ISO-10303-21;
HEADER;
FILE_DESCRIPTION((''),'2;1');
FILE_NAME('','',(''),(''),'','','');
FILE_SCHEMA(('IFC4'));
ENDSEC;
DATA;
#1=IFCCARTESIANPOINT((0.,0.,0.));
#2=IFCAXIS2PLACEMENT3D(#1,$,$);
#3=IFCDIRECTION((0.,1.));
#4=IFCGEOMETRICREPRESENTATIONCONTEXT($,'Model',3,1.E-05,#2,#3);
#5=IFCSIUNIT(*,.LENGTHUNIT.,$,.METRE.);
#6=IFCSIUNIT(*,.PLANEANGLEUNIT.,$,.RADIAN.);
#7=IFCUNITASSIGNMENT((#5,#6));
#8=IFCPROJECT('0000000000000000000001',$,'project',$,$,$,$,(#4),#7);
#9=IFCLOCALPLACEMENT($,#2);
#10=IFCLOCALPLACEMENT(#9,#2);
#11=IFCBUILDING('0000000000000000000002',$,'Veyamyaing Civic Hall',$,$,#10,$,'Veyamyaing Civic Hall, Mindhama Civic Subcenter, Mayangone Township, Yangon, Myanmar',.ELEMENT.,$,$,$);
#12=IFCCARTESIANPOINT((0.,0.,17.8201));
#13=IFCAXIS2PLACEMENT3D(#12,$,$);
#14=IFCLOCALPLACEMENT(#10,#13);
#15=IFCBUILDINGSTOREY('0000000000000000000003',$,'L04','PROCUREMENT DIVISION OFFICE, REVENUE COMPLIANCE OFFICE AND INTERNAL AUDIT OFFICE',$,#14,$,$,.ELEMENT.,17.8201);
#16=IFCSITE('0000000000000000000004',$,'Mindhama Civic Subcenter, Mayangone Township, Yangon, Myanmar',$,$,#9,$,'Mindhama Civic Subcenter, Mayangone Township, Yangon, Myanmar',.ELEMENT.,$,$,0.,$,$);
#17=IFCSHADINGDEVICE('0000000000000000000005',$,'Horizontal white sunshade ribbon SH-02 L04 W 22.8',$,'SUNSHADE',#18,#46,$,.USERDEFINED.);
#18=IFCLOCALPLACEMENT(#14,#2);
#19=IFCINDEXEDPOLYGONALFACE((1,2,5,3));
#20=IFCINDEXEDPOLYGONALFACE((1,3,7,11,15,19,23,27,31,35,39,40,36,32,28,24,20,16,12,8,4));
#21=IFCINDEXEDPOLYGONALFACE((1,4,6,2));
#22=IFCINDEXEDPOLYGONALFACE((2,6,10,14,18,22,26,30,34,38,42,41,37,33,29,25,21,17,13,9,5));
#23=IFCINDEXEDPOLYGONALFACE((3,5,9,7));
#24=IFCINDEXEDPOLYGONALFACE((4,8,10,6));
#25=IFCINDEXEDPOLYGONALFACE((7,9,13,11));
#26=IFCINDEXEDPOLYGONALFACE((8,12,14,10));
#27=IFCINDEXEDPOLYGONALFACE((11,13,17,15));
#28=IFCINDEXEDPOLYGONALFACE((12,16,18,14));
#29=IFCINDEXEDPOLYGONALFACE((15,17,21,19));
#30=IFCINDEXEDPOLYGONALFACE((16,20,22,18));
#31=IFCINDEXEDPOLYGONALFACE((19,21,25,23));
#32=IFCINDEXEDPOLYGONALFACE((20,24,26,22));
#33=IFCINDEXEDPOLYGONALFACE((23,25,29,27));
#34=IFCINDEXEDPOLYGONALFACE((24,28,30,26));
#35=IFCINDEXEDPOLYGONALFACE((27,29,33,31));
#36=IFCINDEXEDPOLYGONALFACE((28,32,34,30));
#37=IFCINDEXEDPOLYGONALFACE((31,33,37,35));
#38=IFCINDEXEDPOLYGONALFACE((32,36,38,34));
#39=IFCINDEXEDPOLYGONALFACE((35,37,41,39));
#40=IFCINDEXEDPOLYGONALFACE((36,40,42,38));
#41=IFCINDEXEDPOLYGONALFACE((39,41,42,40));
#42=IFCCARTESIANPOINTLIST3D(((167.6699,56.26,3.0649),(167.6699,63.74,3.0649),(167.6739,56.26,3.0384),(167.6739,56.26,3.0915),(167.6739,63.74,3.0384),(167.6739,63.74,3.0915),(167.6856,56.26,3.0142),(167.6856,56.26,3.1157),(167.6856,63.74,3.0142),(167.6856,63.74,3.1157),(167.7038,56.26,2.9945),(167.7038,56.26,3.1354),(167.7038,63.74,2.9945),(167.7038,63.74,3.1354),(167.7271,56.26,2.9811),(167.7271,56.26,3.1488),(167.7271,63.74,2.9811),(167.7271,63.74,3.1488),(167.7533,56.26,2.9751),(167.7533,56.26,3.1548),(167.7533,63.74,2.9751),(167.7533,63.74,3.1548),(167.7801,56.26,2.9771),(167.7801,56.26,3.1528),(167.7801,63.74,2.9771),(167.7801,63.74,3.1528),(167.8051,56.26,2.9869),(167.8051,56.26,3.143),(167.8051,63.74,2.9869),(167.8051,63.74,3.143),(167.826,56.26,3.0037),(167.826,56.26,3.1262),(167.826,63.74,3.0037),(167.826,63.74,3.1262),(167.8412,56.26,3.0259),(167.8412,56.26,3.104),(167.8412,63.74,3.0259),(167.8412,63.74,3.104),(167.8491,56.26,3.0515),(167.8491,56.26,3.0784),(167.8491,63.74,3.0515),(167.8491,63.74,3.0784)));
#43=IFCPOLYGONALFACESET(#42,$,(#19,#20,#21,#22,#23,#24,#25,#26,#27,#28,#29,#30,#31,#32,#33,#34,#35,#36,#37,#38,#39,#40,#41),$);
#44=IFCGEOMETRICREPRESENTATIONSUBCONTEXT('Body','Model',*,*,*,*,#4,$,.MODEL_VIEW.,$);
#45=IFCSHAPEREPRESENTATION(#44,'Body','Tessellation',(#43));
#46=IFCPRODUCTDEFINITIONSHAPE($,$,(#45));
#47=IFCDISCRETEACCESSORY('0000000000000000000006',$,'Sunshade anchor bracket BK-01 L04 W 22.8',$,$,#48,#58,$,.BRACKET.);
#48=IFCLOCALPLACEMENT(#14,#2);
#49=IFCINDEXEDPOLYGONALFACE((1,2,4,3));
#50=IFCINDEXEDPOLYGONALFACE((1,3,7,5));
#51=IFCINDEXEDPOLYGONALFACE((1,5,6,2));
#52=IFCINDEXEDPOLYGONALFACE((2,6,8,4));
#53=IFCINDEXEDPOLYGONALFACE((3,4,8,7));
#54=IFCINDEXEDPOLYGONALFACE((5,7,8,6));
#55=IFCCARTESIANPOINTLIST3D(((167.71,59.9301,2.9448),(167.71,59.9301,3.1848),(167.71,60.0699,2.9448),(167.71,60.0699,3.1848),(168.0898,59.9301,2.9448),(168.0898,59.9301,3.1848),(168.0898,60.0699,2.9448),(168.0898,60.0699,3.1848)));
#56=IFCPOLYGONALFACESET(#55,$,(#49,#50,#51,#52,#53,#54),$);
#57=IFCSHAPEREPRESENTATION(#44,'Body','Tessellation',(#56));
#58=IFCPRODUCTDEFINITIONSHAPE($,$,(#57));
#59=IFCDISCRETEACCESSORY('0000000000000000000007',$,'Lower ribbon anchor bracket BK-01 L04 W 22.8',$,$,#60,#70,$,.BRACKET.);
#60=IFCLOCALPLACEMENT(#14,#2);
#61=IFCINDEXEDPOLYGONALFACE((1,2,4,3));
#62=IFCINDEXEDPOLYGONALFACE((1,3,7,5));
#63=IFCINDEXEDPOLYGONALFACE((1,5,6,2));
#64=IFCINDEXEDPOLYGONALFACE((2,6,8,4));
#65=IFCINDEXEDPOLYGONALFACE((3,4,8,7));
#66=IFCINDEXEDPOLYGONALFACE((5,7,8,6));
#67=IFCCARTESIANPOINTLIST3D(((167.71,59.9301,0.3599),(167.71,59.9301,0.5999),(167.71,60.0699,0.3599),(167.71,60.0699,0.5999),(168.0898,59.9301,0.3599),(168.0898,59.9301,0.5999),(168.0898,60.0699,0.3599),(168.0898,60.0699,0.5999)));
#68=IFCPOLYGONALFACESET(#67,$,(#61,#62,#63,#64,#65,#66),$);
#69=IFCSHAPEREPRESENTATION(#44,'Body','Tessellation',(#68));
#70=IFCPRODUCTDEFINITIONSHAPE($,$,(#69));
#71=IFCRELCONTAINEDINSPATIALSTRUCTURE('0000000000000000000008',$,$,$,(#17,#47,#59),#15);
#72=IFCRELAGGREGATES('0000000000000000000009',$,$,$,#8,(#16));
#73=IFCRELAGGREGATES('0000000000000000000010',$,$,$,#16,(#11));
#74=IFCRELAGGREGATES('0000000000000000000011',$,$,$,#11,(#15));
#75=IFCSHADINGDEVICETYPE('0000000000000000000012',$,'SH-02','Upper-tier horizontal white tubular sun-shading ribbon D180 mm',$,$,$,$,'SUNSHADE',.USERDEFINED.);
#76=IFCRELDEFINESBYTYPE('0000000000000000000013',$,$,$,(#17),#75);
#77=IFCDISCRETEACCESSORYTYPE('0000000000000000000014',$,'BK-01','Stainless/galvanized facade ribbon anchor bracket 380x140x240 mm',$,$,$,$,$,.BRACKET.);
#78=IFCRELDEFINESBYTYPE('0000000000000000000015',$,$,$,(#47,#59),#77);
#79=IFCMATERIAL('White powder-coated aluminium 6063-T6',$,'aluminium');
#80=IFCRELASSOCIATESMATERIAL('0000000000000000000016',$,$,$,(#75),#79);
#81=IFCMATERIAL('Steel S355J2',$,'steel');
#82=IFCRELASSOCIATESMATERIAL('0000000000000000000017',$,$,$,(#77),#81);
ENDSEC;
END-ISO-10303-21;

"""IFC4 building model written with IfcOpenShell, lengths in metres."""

from ifc_helpers import new_model, si_unit, direction, frame, origin, origin_2d, place, context, subcontext, project, spatial, rectangle, circle, extrude, material, material_profile, profile_set, type_object, element, save


model = new_model("IFC4")

# Units and contexts
model_context = context("Model", 3, precision=1e-05, world=origin(), true_north=direction((0.0, 1.0)))
body_context = subcontext(model_context, "Body", "Model", "MODEL_VIEW")
ifc_project = project(units=[si_unit("LENGTHUNIT", "METRE"), si_unit("PLANEANGLEUNIT", "RADIAN")], contexts=[model_context])

# Site, building, storey
site_placement = place(None, origin())
site = spatial("IfcSite", under=ifc_project, at=site_placement, Name="Mindhama Civic Subcenter, Mayangone Township, Yangon, Myanmar", LongName="Mindhama Civic Subcenter, Mayangone Township, Yangon, Myanmar", CompositionType="ELEMENT", RefElevation=0.0)
building_placement = place(site_placement, origin())
building = spatial("IfcBuilding", under=site, at=building_placement, Name="Veyamyaing Civic Hall", LongName="Veyamyaing Civic Hall, Mindhama Civic Subcenter, Mayangone Township, Yangon, Myanmar", CompositionType="ELEMENT")
storey_placement = place(building_placement, frame((0.0, 0.0, 17.8201)))
storey = spatial("IfcBuildingStorey", under=building, at=storey_placement, Name="L04", Description="PROCUREMENT DIVISION OFFICE, REVENUE COMPLIANCE OFFICE AND INTERNAL AUDIT OFFICE", CompositionType="ELEMENT", Elevation=17.8201)

# Shared definitions
ifc_material_1 = material(Name="White powder-coated aluminium 6063-T6", Category="aluminium")

# Shading device
ifc_material_profile_1 = material_profile(ifc_material_1, circle(Radius=0.0901, at=origin_2d()), Name="SHADE-TUBE-180")
ifc_profile_set_1 = profile_set([ifc_material_profile_1], Name="White powder-coated aluminium 6063-T6")
shading_device_type = type_object("IfcShadingDeviceType", Name="SH-02", Description="Upper-tier horizontal white tubular sun-shading ribbon D180 mm", ElementType="SUNSHADE", PredefinedType="USERDEFINED", material=ifc_profile_set_1)
shading_device_placement = place(storey_placement, frame((167.76, 56.26, 3.0649), z_axis=(0.0, 1.0, 0.0), x_axis=(-1.0, 0.0, 0.0)))
element("IfcShadingDevice", 1, at=shading_device_placement, inside=storey, type_object=shading_device_type, Name="Horizontal white sunshade ribbon SH-02 L04 W 22.8", ObjectType="SUNSHADE", PredefinedType="USERDEFINED", context=body_context, shape_type="SweptSolid", body=[
    extrude(circle(Radius=0.0901, at=origin_2d()), origin(), (0.0, 0.0, 1.0), 7.48),
])

# Discrete accessories
ifc_material_2 = material(Name="Steel S355J2", Category="steel")
discrete_accessory_type = type_object("IfcDiscreteAccessoryType", Name="BK-01", Description="Stainless/galvanized facade ribbon anchor bracket 380x140x240 mm", PredefinedType="BRACKET", material=ifc_material_2)
for number, where, z_axis, x_axis, name in (
    (2, (167.8999, 60.0, 2.9448), (0.0, 0.0, 1.0), (-1.0, 0.0, 0.0), "Sunshade anchor bracket BK-01 L04 W 22.8"),
    (3, (167.8999, 60.0, 0.3599), (0.0, 0.0, 1.0), (-1.0, 0.0, 0.0), "Lower ribbon anchor bracket BK-01 L04 W 22.8"),
):
    element("IfcDiscreteAccessory", number, at=place(storey_placement, frame(where, z_axis=z_axis, x_axis=x_axis)), inside=storey, type_object=discrete_accessory_type, Name=name, PredefinedType="BRACKET", context=body_context, shape_type="SweptSolid", body=[
        extrude(rectangle(XDim=0.3799, YDim=0.1399, at=origin_2d()), origin(), (0.0, 0.0, 1.0), 0.24),
    ])

save(model, "model.ifc")
